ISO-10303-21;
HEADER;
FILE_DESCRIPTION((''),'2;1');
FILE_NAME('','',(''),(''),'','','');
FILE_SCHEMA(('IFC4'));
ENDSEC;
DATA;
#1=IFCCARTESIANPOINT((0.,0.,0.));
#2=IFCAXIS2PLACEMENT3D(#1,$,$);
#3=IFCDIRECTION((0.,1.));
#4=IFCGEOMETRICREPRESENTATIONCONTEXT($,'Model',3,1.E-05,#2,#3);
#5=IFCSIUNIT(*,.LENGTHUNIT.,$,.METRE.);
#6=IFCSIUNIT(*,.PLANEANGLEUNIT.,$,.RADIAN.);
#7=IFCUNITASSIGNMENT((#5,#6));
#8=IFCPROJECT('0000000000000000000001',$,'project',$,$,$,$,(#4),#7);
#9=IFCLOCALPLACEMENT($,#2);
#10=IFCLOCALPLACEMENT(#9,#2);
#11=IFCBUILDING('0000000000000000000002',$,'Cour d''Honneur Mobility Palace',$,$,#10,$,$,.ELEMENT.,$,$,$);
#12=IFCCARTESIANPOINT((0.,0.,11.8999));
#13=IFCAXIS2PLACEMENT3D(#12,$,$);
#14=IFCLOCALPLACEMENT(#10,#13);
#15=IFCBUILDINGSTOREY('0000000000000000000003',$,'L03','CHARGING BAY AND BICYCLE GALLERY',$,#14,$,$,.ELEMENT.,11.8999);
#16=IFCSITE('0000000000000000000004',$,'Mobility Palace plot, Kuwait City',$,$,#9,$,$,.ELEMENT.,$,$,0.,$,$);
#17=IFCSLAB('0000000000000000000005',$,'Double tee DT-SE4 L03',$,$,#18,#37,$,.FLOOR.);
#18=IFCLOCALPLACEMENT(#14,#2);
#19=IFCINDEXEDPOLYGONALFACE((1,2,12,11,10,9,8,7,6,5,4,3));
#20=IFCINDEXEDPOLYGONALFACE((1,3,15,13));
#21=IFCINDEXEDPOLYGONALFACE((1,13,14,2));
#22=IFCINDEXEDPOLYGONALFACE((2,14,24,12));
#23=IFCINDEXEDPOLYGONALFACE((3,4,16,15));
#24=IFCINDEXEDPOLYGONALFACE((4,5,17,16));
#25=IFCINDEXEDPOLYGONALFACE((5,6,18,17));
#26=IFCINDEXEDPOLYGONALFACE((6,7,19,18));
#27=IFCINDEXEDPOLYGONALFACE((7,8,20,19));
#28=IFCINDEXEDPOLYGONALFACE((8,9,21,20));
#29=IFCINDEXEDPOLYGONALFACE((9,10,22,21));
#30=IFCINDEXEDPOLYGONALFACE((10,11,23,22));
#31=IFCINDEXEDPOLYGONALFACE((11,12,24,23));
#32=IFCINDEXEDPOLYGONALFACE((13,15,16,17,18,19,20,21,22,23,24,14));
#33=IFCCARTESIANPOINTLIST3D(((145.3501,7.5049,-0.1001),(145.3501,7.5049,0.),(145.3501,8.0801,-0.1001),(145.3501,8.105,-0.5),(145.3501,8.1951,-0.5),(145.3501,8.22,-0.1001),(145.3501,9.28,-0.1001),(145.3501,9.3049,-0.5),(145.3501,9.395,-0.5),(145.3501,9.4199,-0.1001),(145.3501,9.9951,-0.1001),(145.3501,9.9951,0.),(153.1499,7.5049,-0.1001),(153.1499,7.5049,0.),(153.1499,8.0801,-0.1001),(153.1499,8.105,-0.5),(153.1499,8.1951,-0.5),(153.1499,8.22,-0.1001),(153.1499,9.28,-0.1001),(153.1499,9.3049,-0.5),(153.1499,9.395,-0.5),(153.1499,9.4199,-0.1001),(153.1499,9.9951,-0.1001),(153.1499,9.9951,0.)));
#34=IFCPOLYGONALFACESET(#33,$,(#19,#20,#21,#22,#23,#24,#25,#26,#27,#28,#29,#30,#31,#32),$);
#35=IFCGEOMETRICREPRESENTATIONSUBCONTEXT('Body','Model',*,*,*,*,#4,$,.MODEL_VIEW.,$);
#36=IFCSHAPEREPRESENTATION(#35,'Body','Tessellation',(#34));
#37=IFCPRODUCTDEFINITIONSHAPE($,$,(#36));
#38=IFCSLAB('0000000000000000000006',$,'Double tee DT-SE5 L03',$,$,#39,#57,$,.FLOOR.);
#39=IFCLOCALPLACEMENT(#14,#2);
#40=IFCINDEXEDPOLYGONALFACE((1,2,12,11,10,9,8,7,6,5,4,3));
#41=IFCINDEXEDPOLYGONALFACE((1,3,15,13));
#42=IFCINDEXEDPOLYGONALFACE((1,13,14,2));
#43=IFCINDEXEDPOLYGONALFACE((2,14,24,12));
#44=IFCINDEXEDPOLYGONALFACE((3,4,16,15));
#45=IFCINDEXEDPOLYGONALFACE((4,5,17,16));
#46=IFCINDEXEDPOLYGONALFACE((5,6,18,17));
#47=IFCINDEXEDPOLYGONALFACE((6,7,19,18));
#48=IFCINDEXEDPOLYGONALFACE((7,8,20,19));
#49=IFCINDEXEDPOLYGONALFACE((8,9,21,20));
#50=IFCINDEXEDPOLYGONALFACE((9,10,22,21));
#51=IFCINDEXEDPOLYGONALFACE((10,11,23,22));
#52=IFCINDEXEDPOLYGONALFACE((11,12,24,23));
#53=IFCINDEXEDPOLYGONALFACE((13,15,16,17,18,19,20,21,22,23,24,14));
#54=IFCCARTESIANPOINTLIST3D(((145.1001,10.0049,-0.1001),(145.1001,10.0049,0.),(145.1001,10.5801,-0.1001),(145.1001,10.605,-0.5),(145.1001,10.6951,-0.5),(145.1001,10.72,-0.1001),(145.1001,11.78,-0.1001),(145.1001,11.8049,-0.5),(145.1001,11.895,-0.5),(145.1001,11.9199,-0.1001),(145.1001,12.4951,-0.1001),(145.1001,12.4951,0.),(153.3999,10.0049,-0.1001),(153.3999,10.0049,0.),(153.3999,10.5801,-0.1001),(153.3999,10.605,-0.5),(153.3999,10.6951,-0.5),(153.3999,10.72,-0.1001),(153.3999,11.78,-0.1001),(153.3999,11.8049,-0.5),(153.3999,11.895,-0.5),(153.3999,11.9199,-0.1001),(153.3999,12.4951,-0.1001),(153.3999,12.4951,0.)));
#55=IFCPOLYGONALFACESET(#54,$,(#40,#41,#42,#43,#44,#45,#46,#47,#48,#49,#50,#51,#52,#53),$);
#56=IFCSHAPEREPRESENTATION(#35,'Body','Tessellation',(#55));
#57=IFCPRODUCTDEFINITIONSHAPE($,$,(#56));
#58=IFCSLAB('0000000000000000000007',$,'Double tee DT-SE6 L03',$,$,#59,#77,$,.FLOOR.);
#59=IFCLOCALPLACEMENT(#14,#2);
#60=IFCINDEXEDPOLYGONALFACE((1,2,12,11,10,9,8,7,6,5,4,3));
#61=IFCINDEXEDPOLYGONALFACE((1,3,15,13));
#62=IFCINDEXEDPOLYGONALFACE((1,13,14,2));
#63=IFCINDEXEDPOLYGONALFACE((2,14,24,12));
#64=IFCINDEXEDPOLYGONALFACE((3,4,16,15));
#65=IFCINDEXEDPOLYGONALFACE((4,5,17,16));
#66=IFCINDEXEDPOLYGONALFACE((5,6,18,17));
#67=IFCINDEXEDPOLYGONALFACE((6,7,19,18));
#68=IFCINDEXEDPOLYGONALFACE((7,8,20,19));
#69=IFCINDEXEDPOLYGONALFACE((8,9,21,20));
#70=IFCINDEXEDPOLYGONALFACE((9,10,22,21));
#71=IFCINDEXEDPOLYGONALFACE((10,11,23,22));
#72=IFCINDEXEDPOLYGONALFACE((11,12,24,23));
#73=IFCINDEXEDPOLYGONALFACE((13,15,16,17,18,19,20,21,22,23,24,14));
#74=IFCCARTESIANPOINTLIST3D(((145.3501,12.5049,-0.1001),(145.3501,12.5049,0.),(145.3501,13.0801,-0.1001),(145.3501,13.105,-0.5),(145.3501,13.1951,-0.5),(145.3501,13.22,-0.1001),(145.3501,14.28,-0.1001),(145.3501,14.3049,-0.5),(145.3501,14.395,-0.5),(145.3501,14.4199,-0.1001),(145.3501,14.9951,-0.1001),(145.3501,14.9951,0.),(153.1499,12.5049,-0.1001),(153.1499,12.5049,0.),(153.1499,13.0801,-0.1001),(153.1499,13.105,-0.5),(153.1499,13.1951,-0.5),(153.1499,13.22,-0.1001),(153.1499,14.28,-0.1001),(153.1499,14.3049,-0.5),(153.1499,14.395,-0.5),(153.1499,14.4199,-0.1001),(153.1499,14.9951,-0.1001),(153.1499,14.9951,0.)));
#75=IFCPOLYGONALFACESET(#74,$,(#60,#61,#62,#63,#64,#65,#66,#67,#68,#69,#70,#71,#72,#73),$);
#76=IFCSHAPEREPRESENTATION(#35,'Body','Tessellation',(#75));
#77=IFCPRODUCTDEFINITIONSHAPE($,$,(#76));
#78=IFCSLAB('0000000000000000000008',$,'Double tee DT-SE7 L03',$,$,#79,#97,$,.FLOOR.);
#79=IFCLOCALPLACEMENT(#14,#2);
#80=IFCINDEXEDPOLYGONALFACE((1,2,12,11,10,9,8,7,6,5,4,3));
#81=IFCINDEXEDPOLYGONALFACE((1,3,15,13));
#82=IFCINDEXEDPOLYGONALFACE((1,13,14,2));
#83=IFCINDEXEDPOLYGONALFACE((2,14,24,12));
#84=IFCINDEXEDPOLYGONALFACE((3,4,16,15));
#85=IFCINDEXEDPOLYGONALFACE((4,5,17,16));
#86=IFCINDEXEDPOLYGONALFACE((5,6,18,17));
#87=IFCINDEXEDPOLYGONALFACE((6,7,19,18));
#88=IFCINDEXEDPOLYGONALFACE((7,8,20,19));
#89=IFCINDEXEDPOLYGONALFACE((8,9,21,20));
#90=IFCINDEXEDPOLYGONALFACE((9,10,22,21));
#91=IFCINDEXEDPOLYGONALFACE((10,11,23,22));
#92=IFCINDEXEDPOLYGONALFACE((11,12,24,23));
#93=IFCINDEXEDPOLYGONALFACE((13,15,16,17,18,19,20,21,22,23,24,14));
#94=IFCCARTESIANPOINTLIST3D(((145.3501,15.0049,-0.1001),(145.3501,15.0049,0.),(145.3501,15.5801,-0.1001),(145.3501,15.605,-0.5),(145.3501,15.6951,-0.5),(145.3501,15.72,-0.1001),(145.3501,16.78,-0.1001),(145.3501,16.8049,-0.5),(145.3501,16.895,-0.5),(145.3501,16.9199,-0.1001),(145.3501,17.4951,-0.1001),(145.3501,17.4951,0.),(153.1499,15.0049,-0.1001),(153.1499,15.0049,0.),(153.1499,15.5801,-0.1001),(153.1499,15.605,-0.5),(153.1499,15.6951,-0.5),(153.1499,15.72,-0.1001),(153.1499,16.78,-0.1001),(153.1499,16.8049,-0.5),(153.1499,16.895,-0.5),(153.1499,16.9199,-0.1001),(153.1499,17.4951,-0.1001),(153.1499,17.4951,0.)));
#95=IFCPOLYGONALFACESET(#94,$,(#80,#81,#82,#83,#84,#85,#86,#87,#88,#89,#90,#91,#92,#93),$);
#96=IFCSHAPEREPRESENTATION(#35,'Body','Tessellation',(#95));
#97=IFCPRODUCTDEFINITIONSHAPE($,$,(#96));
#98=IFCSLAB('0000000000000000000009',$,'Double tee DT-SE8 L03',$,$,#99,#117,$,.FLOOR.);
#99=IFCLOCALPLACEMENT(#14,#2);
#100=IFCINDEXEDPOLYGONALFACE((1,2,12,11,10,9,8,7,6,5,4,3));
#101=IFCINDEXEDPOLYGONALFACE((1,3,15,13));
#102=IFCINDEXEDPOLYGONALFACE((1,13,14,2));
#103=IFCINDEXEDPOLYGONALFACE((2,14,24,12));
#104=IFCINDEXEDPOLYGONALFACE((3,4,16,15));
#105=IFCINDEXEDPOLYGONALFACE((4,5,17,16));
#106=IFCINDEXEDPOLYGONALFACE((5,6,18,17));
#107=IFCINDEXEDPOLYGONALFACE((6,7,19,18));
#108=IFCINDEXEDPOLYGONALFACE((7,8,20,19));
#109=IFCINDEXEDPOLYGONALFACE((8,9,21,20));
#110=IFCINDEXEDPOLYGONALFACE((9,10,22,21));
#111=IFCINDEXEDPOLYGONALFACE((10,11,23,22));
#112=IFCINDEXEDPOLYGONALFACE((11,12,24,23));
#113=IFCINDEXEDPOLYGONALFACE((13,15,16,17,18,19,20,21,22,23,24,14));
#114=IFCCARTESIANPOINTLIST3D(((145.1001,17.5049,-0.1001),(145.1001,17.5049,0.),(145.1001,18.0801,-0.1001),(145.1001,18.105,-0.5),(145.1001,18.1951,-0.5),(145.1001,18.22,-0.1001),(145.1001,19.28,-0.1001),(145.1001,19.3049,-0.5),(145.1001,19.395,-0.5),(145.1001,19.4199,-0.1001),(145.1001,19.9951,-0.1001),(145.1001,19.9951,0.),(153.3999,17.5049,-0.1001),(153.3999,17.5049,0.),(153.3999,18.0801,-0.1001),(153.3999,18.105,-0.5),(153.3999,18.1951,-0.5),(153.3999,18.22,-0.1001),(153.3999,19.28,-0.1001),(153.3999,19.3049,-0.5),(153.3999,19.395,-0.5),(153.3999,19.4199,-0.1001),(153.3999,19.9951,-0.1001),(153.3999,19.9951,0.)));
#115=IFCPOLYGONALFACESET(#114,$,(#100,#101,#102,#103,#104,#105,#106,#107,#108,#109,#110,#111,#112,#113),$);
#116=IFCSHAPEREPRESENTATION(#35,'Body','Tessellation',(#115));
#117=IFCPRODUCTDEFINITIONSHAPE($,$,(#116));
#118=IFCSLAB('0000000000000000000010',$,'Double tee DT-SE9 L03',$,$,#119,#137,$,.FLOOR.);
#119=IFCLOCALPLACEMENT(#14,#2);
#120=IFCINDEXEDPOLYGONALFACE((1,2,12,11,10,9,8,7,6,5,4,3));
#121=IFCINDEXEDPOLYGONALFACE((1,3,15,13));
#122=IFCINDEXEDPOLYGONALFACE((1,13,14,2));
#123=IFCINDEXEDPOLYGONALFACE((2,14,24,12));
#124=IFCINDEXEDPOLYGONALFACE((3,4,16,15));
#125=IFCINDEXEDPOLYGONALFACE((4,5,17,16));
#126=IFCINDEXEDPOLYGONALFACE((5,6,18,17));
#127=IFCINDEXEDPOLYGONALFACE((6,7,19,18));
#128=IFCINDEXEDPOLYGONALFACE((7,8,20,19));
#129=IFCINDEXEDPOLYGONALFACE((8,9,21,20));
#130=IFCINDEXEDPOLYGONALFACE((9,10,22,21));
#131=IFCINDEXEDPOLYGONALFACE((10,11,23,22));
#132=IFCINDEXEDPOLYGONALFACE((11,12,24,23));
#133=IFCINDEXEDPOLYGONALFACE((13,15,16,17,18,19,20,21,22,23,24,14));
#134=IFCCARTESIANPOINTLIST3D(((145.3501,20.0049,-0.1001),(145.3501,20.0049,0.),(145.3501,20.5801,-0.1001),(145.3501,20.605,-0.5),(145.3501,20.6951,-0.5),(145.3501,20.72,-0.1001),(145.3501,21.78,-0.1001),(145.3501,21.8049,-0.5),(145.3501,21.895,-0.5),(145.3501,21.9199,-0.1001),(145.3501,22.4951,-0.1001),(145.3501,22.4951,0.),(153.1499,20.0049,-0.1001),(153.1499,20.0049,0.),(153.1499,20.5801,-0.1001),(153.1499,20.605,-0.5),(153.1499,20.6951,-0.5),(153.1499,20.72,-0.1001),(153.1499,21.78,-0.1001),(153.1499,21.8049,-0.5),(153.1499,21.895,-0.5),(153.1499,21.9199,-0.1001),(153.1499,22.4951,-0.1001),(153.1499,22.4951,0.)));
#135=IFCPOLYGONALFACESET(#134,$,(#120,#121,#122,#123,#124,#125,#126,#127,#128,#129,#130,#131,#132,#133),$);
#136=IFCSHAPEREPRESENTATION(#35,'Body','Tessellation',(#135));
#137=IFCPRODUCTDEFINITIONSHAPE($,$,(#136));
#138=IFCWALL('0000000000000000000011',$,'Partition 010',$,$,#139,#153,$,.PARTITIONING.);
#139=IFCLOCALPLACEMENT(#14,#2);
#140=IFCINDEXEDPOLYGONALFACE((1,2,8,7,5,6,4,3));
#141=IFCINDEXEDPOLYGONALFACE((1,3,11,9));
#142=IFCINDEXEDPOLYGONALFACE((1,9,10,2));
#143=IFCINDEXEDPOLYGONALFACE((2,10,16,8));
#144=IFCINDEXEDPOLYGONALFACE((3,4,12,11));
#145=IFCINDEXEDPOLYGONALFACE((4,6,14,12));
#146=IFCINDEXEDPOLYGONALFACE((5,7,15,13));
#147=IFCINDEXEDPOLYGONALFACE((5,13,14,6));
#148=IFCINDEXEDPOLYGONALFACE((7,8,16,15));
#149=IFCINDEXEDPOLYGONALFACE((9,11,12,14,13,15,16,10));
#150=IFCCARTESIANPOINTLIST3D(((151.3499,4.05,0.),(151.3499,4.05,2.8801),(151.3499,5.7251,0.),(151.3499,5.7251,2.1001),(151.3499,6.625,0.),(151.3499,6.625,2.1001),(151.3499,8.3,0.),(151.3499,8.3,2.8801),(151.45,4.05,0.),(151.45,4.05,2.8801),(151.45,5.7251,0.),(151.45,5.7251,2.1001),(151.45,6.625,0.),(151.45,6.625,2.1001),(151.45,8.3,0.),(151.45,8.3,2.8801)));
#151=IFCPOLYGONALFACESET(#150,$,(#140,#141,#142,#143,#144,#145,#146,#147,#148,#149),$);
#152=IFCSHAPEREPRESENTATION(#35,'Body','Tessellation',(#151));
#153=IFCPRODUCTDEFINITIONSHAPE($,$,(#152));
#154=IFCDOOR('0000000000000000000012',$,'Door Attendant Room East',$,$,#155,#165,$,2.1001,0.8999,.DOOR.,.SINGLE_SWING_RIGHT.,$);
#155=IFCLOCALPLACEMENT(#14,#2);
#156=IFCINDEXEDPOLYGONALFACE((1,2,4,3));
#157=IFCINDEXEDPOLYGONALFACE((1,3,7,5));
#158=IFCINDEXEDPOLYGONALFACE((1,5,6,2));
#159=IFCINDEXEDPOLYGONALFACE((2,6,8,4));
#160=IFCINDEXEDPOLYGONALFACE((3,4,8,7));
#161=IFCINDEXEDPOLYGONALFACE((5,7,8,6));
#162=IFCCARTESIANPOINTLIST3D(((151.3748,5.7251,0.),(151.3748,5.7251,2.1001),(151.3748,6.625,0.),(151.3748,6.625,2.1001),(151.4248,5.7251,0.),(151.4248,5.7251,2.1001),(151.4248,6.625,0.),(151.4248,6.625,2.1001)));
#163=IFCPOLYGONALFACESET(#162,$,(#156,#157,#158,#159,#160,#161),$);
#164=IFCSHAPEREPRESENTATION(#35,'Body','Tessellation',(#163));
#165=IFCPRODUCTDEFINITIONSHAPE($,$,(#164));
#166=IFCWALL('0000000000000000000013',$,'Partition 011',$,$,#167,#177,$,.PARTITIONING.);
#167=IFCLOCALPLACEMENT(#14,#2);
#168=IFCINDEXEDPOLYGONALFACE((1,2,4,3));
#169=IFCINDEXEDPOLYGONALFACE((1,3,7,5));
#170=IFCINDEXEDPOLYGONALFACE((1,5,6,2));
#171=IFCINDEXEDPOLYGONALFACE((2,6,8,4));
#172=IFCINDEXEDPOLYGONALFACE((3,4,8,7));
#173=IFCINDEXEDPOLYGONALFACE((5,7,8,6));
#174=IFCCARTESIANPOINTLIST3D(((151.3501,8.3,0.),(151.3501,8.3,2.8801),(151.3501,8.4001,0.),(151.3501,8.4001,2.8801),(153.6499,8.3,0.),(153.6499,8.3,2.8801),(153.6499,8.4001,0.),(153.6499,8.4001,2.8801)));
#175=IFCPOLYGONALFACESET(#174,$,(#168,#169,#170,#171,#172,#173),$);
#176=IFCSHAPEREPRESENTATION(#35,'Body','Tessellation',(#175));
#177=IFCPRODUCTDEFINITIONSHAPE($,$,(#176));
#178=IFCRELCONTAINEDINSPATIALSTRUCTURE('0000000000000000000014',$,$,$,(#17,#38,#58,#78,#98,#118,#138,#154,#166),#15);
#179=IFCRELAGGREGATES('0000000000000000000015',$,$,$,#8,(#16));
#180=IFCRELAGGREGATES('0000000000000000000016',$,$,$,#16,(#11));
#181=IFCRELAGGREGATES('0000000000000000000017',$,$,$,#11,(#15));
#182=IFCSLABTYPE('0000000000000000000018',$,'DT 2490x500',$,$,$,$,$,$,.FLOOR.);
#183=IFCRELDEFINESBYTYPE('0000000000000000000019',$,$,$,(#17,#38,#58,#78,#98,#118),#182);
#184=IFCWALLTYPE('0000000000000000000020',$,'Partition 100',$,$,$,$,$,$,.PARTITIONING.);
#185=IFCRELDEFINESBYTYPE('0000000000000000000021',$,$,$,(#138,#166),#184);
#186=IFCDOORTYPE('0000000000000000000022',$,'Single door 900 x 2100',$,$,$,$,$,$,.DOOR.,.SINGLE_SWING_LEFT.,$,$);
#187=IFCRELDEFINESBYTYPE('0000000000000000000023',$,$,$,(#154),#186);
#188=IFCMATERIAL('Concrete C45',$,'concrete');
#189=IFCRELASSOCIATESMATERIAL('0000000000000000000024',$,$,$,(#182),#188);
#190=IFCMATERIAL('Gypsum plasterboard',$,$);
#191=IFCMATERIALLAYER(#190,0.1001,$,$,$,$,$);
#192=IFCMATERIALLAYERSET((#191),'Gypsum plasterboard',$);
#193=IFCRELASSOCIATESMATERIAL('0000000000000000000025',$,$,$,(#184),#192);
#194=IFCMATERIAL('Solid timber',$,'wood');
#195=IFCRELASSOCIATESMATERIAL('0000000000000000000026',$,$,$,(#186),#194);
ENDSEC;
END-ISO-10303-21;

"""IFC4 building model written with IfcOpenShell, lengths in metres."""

from ifc_helpers import new_model, si_unit, direction, frame, frame_2d, origin, place, context, subcontext, project, spatial, polyline, rectangle, outline, extrude, material, layer, layer_set, material_profile, profile_set, type_object, element, fill, save


model = new_model("IFC4")

# Units and contexts
model_context = context("Model", 3, precision=1e-05, world=origin(), true_north=direction((0.0, 1.0)))
body_context = subcontext(model_context, "Body", "Model", "MODEL_VIEW")
ifc_project = project(units=[si_unit("LENGTHUNIT", "METRE"), si_unit("PLANEANGLEUNIT", "RADIAN")], contexts=[model_context])

# Site, building, storey
site_placement = place(None, origin())
site = spatial("IfcSite", under=ifc_project, at=site_placement, Name="Mobility Palace plot, Kuwait City", CompositionType="ELEMENT", RefElevation=0.0)
building_placement = place(site_placement, origin())
building = spatial("IfcBuilding", under=site, at=building_placement, Name="Cour d'Honneur Mobility Palace", CompositionType="ELEMENT")
storey_placement = place(building_placement, frame((0.0, 0.0, 11.8999)))
storey = spatial("IfcBuildingStorey", under=building, at=storey_placement, Name="L03", Description="CHARGING BAY AND BICYCLE GALLERY", CompositionType="ELEMENT", Elevation=11.8999)

# Slabs
ifc_material_1 = material(Name="Concrete C45", Category="concrete")
ifc_material_profile_1 = material_profile(ifc_material_1, outline(polyline([(-1.2451, 0.0), (1.2451, 0.0), (1.2451, -0.1001), (0.6699, -0.1001), (0.645, -0.5), (0.5549, -0.5), (0.53, -0.1001), (-0.53, -0.1001), (-0.5549, -0.5), (-0.645, -0.5), (-0.6699, -0.1001), (-1.2451, -0.1001), (-1.2451, 0.0)])), Name="DT 2490x500")
ifc_profile_set_1 = profile_set([ifc_material_profile_1], Name="Concrete C45")
slab_type = type_object("IfcSlabType", Name="DT 2490x500", PredefinedType="FLOOR", material=ifc_profile_set_1)
slab_1_placement = place(storey_placement, frame((145.3501, 8.75, 0.0), z_axis=(1.0, 0.0, 0.0), x_axis=(0.0, 1.0, 0.0)))
element("IfcSlab", 1, at=slab_1_placement, inside=storey, type_object=slab_type, Name="Double tee DT-SE4 L03", PredefinedType="FLOOR", context=body_context, shape_type="SweptSolid", body=[
    extrude(outline(polyline([(-1.2451, 0.0), (1.2451, 0.0), (1.2451, -0.1001), (0.6699, -0.1001), (0.645, -0.5), (0.5549, -0.5), (0.53, -0.1001), (-0.53, -0.1001), (-0.5549, -0.5), (-0.645, -0.5), (-0.6699, -0.1001), (-1.2451, -0.1001), (-1.2451, 0.0)])), origin(), (0.0, 0.0, 1.0), 7.7998),
])
slab_2_placement = place(storey_placement, frame((145.1001, 11.25, 0.0), z_axis=(1.0, 0.0, 0.0), x_axis=(0.0, 1.0, 0.0)))
element("IfcSlab", 2, at=slab_2_placement, inside=storey, type_object=slab_type, Name="Double tee DT-SE5 L03", PredefinedType="FLOOR", context=body_context, shape_type="SweptSolid", body=[
    extrude(outline(polyline([(-1.2451, 0.0), (1.2451, 0.0), (1.2451, -0.1001), (0.6699, -0.1001), (0.645, -0.5), (0.5549, -0.5), (0.53, -0.1001), (-0.53, -0.1001), (-0.5549, -0.5), (-0.645, -0.5), (-0.6699, -0.1001), (-1.2451, -0.1001), (-1.2451, 0.0)])), origin(), (0.0, 0.0, 1.0), 8.2998),
])
for number, where, z_axis, x_axis, name in (
    (3, (145.3501, 13.75, 0.0), (1.0, 0.0, 0.0), (0.0, 1.0, 0.0), "Double tee DT-SE6 L03"),
    (4, (145.3501, 16.25, 0.0), (1.0, 0.0, 0.0), (0.0, 1.0, 0.0), "Double tee DT-SE7 L03"),
):
    element("IfcSlab", number, at=place(storey_placement, frame(where, z_axis=z_axis, x_axis=x_axis)), inside=storey, type_object=slab_type, Name=name, PredefinedType="FLOOR", context=body_context, shape_type="SweptSolid", body=[
        extrude(outline(polyline([(-1.2451, 0.0), (1.2451, 0.0), (1.2451, -0.1001), (0.6699, -0.1001), (0.645, -0.5), (0.5549, -0.5), (0.53, -0.1001), (-0.53, -0.1001), (-0.5549, -0.5), (-0.645, -0.5), (-0.6699, -0.1001), (-1.2451, -0.1001), (-1.2451, 0.0)])), origin(), (0.0, 0.0, 1.0), 7.7998),
    ])
slab_3_placement = place(storey_placement, frame((145.1001, 18.75, 0.0), z_axis=(1.0, 0.0, 0.0), x_axis=(0.0, 1.0, 0.0)))
element("IfcSlab", 5, at=slab_3_placement, inside=storey, type_object=slab_type, Name="Double tee DT-SE8 L03", PredefinedType="FLOOR", context=body_context, shape_type="SweptSolid", body=[
    extrude(outline(polyline([(-1.2451, 0.0), (1.2451, 0.0), (1.2451, -0.1001), (0.6699, -0.1001), (0.645, -0.5), (0.5549, -0.5), (0.53, -0.1001), (-0.53, -0.1001), (-0.5549, -0.5), (-0.645, -0.5), (-0.6699, -0.1001), (-1.2451, -0.1001), (-1.2451, 0.0)])), origin(), (0.0, 0.0, 1.0), 8.2998),
])
slab_4_placement = place(storey_placement, frame((145.3501, 21.25, 0.0), z_axis=(1.0, 0.0, 0.0), x_axis=(0.0, 1.0, 0.0)))
element("IfcSlab", 6, at=slab_4_placement, inside=storey, type_object=slab_type, Name="Double tee DT-SE9 L03", PredefinedType="FLOOR", context=body_context, shape_type="SweptSolid", body=[
    extrude(outline(polyline([(-1.2451, 0.0), (1.2451, 0.0), (1.2451, -0.1001), (0.6699, -0.1001), (0.645, -0.5), (0.5549, -0.5), (0.53, -0.1001), (-0.53, -0.1001), (-0.5549, -0.5), (-0.645, -0.5), (-0.6699, -0.1001), (-1.2451, -0.1001), (-1.2451, 0.0)])), origin(), (0.0, 0.0, 1.0), 7.7998),
])

# Wall, opening, door
ifc_material_2 = material(Name="Gypsum plasterboard")
ifc_layer_1 = layer(ifc_material_2, 0.1001)
ifc_layer_set_1 = layer_set([ifc_layer_1], Name="Gypsum plasterboard")
wall_type_1 = type_object("IfcWallType", Name="Partition 100", PredefinedType="PARTITIONING", material=ifc_layer_set_1)
wall_1_placement = place(storey_placement, frame((151.3999, 8.3, 0.0), z_axis=(0.0, 0.0, 1.0), x_axis=(0.0, -1.0, 0.0)))
wall_1 = element("IfcWall", 7, at=wall_1_placement, inside=storey, type_object=wall_type_1, Name="Partition 010", PredefinedType="PARTITIONING", context=body_context, shape_type="SweptSolid", body=[
    extrude(rectangle(XDim=4.25, YDim=0.1001, at=frame_2d((2.125, 0.0))), origin(), (0.0, 0.0, 1.0), 2.8801),
])
opening_1_placement = place(wall_1_placement, frame((1.675, 0.0, 0.0)))
opening_1 = element("IfcOpeningElement", 8, at=opening_1_placement, cuts=wall_1, PredefinedType="OPENING", context=body_context, shape_type="SweptSolid", body=[
    extrude(rectangle(XDim=0.8999, YDim=2.1001, at=frame_2d((0.45, 1.05))), frame((0.0, 0.0601, 0.0), z_axis=(0.0, -1.0, 0.0), x_axis=(1.0, 0.0, 0.0)), (0.0, 0.0, 1.0), 0.1201),
])
ifc_material_3 = material(Name="Solid timber", Category="wood")
door_type_1 = type_object("IfcDoorType", Name="Single door 900 x 2100", OperationType="SINGLE_SWING_LEFT", PredefinedType="DOOR", material=ifc_material_3)
door_1_placement = place(opening_1_placement, origin())
door_1 = element("IfcDoor", 9, at=door_1_placement, inside=storey, type_object=door_type_1, Name="Door Attendant Room East", OperationType="SINGLE_SWING_RIGHT", OverallHeight=2.1001, OverallWidth=0.8999, PredefinedType="DOOR", context=body_context, shape_type="SweptSolid", body=[
    extrude(rectangle(XDim=0.8999, YDim=2.1001, at=frame_2d((0.45, 1.05))), frame((0.0, 0.0249, 0.0), z_axis=(0.0, -1.0, 0.0), x_axis=(1.0, 0.0, 0.0)), (0.0, 0.0, 1.0), 0.05),
])
fill(opening_1, door_1)

# Wall
wall_2_placement = place(storey_placement, frame((153.6499, 8.3501, 0.0), z_axis=(0.0, 0.0, 1.0), x_axis=(-1.0, 0.0, 0.0)))
element("IfcWall", 10, at=wall_2_placement, inside=storey, type_object=wall_type_1, Name="Partition 011", PredefinedType="PARTITIONING", context=body_context, shape_type="SweptSolid", body=[
    extrude(rectangle(XDim=2.2998, YDim=0.1001, at=frame_2d((1.1499, 0.0))), origin(), (0.0, 0.0, 1.0), 2.8801),
])

save(model, "model.ifc")
